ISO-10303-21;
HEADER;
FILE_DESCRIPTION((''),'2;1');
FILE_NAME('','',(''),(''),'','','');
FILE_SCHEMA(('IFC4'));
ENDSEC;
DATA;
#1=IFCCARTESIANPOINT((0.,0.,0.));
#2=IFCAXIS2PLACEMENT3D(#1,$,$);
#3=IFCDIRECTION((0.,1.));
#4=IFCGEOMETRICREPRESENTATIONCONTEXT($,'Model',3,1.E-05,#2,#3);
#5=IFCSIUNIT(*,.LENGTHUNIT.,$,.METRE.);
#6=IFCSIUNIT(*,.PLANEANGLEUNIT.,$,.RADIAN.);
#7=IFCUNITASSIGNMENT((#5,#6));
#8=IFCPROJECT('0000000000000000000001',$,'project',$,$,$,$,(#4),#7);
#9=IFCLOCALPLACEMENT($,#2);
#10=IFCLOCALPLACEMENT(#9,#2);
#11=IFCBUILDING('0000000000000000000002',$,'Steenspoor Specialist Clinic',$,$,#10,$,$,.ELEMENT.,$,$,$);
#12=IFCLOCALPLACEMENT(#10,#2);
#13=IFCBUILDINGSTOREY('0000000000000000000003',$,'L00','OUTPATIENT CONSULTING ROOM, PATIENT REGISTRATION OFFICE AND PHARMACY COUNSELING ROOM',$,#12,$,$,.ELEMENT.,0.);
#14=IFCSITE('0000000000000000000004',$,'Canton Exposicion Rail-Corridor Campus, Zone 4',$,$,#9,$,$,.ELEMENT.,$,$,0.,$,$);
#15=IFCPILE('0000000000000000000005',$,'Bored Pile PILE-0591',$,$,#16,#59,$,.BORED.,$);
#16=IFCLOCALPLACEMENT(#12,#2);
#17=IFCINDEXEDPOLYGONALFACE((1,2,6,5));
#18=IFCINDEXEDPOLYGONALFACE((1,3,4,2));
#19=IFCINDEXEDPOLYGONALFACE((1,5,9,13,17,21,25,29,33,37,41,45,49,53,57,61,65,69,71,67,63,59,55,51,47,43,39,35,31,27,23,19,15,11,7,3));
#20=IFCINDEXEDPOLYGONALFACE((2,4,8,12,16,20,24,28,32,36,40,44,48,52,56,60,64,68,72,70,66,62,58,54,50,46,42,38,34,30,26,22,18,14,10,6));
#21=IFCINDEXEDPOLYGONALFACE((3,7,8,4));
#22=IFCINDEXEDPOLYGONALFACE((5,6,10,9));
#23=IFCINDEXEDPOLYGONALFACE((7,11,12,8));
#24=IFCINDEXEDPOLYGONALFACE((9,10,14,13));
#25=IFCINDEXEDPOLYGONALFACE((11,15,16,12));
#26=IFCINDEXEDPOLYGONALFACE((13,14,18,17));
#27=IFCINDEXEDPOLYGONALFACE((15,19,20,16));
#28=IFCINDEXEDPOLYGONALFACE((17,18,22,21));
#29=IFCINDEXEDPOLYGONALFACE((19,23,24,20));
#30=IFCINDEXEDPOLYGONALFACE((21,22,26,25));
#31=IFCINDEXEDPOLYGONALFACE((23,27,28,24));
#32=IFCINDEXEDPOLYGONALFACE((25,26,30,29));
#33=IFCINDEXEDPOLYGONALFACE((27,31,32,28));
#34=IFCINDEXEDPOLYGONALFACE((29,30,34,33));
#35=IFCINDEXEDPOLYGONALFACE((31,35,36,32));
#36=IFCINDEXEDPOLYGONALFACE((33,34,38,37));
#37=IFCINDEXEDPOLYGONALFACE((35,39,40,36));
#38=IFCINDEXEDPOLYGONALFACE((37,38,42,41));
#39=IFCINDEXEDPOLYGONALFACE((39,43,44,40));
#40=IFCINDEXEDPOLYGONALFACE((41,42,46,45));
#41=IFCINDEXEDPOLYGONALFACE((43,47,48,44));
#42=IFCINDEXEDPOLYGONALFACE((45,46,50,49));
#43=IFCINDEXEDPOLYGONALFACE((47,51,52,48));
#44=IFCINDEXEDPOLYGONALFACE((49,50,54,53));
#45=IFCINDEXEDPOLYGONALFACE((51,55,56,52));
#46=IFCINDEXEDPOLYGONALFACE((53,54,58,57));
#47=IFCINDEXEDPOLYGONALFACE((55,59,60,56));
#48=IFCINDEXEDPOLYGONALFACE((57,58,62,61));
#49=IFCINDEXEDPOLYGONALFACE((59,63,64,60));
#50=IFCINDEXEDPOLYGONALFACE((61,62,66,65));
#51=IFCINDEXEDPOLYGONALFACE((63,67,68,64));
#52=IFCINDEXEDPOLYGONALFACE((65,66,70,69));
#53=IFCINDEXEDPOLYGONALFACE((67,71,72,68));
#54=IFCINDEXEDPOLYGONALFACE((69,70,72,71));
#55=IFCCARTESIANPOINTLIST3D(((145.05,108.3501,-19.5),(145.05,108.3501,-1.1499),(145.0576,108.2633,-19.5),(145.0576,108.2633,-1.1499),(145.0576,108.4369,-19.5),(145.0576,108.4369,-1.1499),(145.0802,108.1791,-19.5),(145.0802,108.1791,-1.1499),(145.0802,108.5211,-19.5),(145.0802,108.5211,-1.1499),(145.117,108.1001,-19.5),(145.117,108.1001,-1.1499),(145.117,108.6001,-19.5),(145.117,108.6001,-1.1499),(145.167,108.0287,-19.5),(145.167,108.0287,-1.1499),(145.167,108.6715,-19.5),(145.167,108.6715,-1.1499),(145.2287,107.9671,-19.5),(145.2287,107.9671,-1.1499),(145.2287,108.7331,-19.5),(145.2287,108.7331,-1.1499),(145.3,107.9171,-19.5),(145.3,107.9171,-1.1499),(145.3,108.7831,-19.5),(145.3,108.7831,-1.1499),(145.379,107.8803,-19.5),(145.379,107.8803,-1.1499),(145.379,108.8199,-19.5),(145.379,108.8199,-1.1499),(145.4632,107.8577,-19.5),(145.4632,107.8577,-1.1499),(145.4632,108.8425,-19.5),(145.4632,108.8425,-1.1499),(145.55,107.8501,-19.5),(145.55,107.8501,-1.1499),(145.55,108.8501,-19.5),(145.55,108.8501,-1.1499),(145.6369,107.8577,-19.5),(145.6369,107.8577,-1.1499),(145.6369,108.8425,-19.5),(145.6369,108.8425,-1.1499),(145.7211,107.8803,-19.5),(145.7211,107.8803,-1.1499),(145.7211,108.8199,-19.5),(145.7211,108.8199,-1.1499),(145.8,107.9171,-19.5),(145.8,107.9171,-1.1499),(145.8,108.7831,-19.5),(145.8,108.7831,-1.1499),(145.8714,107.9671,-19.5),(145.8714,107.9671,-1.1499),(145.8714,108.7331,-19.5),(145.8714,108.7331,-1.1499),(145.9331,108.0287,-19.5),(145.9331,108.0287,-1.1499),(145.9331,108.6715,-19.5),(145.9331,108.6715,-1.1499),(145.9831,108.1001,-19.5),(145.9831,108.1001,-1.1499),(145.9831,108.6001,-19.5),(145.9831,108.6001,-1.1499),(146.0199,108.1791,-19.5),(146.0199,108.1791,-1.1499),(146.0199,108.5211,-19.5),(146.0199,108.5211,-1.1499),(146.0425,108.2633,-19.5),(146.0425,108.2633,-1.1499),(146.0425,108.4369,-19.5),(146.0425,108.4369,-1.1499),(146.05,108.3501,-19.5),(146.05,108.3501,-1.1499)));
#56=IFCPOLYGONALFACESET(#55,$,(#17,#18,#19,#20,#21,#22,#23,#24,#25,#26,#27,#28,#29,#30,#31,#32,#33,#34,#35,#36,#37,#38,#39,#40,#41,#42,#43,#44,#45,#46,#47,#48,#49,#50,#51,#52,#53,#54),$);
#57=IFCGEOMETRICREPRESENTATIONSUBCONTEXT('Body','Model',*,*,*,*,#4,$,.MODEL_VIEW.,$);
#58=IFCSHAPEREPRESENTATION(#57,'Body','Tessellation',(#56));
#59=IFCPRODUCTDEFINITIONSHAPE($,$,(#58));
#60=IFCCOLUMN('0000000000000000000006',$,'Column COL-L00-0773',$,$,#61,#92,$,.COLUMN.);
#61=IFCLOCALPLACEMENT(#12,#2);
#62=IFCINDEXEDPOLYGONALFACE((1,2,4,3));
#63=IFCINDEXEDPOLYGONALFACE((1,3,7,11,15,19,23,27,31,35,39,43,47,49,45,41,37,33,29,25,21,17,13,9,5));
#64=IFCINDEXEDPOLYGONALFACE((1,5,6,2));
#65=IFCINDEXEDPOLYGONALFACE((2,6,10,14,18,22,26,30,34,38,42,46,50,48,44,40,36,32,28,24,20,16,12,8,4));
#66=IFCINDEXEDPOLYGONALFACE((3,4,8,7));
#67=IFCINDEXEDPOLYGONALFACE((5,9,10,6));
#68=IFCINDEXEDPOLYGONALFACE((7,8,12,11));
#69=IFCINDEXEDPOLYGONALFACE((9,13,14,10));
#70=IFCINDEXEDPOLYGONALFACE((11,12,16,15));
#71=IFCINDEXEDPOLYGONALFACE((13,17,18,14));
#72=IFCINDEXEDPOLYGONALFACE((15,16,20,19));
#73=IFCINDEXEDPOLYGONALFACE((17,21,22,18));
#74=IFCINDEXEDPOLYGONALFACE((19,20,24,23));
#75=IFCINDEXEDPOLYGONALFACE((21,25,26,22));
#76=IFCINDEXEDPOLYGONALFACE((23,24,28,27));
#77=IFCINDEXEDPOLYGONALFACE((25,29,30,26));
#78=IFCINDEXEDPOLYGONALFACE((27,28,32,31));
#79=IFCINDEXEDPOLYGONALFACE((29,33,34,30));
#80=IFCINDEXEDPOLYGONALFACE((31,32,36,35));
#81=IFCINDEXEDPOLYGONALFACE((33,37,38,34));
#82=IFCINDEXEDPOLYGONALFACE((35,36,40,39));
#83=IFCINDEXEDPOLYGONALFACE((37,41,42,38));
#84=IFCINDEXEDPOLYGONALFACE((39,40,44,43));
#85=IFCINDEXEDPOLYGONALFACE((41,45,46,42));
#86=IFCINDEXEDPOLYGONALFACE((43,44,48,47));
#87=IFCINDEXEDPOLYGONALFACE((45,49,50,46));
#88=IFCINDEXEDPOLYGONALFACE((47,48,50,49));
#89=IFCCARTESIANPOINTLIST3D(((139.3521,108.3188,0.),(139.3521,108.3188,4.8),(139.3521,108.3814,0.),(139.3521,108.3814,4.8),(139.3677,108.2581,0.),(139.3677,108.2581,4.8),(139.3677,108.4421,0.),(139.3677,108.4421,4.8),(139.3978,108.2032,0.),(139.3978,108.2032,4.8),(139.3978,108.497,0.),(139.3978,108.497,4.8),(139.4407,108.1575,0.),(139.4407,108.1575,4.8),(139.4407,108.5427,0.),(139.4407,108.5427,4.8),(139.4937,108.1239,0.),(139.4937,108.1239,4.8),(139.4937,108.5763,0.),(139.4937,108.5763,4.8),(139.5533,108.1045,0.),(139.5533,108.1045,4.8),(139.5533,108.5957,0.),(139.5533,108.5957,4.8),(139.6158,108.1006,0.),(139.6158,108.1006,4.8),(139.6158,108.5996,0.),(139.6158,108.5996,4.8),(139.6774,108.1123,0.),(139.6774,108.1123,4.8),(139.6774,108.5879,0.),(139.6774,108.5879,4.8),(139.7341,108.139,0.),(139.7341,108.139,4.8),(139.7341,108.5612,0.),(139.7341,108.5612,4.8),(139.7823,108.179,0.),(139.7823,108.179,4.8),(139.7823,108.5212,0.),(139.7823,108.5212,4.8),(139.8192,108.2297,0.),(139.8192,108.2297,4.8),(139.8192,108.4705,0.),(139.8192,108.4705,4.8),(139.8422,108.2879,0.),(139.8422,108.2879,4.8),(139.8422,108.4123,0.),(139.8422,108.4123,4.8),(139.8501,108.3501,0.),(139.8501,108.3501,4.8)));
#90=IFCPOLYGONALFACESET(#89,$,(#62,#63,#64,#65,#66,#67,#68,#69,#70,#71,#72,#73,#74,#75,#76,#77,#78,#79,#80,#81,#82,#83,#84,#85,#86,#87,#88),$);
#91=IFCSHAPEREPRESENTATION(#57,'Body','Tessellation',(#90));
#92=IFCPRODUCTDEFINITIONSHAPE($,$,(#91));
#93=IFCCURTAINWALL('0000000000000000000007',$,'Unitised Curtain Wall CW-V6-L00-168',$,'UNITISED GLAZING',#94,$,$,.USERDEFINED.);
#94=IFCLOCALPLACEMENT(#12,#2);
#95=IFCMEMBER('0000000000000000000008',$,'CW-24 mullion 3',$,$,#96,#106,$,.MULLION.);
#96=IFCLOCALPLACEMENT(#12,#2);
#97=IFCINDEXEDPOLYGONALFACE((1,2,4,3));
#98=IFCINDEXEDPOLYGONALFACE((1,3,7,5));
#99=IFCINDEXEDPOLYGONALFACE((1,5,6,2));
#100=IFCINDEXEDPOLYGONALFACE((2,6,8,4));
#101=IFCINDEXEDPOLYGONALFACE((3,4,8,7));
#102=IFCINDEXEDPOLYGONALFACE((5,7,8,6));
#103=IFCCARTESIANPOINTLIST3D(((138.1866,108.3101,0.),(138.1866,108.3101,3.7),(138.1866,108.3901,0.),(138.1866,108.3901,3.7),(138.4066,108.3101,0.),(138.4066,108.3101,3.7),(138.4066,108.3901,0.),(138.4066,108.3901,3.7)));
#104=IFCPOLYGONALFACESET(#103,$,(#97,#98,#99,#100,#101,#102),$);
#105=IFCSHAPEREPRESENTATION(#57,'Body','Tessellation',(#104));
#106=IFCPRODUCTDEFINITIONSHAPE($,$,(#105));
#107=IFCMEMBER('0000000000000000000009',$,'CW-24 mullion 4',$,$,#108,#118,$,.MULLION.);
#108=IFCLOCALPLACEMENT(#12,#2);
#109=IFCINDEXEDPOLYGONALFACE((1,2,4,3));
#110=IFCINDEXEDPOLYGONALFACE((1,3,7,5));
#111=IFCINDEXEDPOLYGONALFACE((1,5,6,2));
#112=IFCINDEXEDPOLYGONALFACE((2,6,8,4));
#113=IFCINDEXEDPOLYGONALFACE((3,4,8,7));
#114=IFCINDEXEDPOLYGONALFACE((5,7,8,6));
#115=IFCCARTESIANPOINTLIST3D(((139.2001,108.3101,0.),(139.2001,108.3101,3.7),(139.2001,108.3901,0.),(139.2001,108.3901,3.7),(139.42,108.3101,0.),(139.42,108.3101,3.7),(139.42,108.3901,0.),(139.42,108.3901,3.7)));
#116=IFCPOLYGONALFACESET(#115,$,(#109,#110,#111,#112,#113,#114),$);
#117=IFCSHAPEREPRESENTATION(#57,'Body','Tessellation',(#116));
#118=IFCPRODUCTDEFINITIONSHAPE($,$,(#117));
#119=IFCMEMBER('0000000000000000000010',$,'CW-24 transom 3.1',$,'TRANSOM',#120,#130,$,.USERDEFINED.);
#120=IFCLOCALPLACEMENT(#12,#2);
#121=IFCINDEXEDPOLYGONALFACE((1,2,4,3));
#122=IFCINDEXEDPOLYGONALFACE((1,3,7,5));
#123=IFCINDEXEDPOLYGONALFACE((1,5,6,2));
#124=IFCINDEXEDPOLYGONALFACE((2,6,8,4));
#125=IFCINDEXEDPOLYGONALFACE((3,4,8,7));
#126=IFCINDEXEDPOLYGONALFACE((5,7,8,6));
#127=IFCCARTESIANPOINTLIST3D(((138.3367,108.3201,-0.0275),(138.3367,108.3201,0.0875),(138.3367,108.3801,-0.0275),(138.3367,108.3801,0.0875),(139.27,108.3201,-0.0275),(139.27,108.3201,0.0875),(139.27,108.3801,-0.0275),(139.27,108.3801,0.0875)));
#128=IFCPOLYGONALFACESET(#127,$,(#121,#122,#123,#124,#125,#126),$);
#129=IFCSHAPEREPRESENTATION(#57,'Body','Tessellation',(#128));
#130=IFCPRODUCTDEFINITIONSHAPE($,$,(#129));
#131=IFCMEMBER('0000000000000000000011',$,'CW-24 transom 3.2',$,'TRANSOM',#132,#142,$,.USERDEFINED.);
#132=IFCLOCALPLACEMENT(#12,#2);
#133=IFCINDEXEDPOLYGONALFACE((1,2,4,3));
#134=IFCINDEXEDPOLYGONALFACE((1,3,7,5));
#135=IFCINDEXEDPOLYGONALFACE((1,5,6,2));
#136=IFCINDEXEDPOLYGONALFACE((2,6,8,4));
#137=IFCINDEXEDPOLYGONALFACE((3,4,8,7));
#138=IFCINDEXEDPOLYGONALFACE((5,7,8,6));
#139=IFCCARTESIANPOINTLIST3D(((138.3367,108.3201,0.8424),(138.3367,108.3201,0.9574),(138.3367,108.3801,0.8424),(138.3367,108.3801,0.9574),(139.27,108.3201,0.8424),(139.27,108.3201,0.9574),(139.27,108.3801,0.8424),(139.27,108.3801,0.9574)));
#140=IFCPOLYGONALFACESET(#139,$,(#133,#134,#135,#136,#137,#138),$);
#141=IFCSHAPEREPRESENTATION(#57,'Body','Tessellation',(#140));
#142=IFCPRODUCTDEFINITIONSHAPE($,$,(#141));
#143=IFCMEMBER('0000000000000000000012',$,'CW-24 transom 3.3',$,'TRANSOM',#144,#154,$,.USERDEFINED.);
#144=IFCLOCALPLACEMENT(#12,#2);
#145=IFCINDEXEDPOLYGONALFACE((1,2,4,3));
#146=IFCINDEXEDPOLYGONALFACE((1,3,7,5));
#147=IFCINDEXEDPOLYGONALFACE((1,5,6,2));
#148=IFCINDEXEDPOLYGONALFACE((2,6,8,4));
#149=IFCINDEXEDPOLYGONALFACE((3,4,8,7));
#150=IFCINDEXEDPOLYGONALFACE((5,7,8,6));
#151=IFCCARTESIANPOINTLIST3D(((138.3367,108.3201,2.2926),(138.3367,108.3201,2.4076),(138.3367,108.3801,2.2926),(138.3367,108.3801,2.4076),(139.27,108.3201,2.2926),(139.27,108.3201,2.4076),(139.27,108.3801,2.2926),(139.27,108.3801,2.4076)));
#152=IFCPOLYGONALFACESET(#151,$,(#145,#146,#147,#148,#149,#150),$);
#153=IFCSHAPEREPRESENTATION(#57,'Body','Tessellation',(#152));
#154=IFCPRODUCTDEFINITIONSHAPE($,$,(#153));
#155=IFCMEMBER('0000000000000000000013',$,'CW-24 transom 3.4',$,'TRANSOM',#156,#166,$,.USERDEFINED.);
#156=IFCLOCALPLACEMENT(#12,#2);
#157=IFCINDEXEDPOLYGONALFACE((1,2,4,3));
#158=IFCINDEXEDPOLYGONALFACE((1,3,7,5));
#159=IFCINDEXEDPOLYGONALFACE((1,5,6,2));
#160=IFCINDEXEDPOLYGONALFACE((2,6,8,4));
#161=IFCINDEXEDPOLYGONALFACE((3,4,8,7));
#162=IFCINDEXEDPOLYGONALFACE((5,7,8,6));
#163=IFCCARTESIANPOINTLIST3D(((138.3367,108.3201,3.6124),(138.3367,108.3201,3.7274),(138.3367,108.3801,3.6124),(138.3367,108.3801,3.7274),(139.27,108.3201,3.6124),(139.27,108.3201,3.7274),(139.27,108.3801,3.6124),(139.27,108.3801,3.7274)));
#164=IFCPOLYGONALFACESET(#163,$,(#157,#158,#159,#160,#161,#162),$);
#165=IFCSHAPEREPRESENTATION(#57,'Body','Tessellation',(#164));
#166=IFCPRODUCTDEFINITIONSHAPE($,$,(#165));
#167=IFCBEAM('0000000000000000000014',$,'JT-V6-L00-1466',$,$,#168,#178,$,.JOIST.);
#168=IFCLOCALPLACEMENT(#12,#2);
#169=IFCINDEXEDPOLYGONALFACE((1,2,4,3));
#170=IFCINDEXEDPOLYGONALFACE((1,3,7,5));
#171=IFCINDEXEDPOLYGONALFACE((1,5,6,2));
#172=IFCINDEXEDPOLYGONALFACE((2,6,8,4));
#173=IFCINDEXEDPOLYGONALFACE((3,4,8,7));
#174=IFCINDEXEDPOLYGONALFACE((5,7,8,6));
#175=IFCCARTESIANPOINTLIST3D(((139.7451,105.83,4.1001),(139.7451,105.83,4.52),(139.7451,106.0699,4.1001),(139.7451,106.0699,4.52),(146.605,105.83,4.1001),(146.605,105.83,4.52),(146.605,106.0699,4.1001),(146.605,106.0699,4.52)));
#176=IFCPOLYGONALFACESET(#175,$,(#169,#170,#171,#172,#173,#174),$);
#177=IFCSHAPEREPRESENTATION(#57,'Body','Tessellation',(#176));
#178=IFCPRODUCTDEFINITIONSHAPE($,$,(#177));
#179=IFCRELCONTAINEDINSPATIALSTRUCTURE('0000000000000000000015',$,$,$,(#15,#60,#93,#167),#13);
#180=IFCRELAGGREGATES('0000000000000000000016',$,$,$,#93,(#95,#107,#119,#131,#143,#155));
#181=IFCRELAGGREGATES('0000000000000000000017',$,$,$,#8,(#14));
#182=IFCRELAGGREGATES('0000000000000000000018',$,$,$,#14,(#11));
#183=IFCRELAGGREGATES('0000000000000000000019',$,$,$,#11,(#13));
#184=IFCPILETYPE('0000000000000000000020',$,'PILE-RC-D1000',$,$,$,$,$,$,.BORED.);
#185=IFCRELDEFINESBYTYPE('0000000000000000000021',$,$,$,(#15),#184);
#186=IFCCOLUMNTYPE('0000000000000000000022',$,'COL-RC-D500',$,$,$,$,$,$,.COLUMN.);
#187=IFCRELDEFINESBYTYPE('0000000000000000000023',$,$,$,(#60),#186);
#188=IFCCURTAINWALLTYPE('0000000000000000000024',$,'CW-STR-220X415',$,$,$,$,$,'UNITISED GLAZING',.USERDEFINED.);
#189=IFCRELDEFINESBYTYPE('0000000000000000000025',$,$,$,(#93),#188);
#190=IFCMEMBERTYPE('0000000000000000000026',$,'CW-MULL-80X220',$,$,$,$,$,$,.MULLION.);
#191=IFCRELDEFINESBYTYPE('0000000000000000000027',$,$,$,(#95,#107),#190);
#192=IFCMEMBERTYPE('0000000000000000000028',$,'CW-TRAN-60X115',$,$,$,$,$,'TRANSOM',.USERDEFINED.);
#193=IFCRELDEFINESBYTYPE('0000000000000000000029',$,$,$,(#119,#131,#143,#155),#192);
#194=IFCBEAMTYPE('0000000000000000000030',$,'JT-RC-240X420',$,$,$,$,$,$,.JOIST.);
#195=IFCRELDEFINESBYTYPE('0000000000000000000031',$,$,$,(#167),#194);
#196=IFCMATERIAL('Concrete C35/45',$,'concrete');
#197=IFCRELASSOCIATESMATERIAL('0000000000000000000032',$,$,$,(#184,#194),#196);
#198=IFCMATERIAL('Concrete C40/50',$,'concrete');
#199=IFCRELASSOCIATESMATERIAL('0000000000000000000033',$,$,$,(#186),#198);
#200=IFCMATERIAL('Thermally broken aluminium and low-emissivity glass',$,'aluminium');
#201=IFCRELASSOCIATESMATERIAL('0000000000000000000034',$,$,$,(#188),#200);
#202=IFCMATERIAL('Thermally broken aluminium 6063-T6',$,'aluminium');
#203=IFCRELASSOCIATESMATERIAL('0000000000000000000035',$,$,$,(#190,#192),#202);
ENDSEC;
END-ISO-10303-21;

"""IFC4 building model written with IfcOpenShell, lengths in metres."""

from ifc_helpers import new_model, si_unit, direction, frame, origin, origin_2d, place, context, subcontext, project, spatial, rectangle, circle, extrude, material, material_profile, profile_set, type_object, element, aggregate, save


model = new_model("IFC4")

# Units and contexts
model_context = context("Model", 3, precision=1e-05, world=origin(), true_north=direction((0.0, 1.0)))
body_context = subcontext(model_context, "Body", "Model", "MODEL_VIEW")
ifc_project = project(units=[si_unit("LENGTHUNIT", "METRE"), si_unit("PLANEANGLEUNIT", "RADIAN")], contexts=[model_context])

# Site, building, storey
site_placement = place(None, origin())
site = spatial("IfcSite", under=ifc_project, at=site_placement, Name="Canton Exposicion Rail-Corridor Campus, Zone 4", CompositionType="ELEMENT", RefElevation=0.0)
building_placement = place(site_placement, origin())
building = spatial("IfcBuilding", under=site, at=building_placement, Name="Steenspoor Specialist Clinic", CompositionType="ELEMENT")
storey_placement = place(building_placement, origin())
storey = spatial("IfcBuildingStorey", under=building, at=storey_placement, Name="L00", Description="OUTPATIENT CONSULTING ROOM, PATIENT REGISTRATION OFFICE AND PHARMACY COUNSELING ROOM", CompositionType="ELEMENT", Elevation=0.0)

# Shared definitions
ifc_material_1 = material(Name="Concrete C35/45", Category="concrete")

# Pile
ifc_material_profile_1 = material_profile(ifc_material_1, circle(Radius=0.5, at=origin_2d()), Name="PILE-D1000")
ifc_profile_set_1 = profile_set([ifc_material_profile_1], Name="Concrete C35/45")
pile_type = type_object("IfcPileType", Name="PILE-RC-D1000", PredefinedType="BORED", material=ifc_profile_set_1)
pile_placement = place(storey_placement, frame((145.55, 108.3501, -1.1499), z_axis=(0.0, 0.0, -1.0), x_axis=(1.0, 0.0, 0.0)))
element("IfcPile", 1, at=pile_placement, inside=storey, type_object=pile_type, Name="Bored Pile PILE-0591", PredefinedType="BORED", context=body_context, shape_type="SweptSolid", body=[
    extrude(circle(Radius=0.5, at=origin_2d()), origin(), (0.0, 0.0, 1.0), 18.3501),
])

# Column
ifc_material_2 = material(Name="Concrete C40/50", Category="concrete")
ifc_material_profile_2 = material_profile(ifc_material_2, circle(Radius=0.25, at=origin_2d()), Name="RC-COL-D500")
ifc_profile_set_2 = profile_set([ifc_material_profile_2], Name="Concrete C40/50")
column_type = type_object("IfcColumnType", Name="COL-RC-D500", PredefinedType="COLUMN", material=ifc_profile_set_2)
column_placement = place(storey_placement, frame((139.6001, 108.3501, 0.0), z_axis=(0.0, 0.0, 1.0), x_axis=(1.0, 0.0, 0.0)))
element("IfcColumn", 2, at=column_placement, inside=storey, type_object=column_type, Name="Column COL-L00-0773", PredefinedType="COLUMN", context=body_context, shape_type="SweptSolid", body=[
    extrude(circle(Radius=0.25, at=origin_2d()), origin(), (0.0, 0.0, 1.0), 4.8),
])

# Curtain wall, members
ifc_material_3 = material(Name="Thermally broken aluminium and low-emissivity glass", Category="aluminium")
curtain_wall_type = type_object("IfcCurtainWallType", Name="CW-STR-220X415", ElementType="UNITISED GLAZING", PredefinedType="USERDEFINED", material=ifc_material_3)
curtain_wall_placement = place(storey_placement, origin())
curtain_wall = element("IfcCurtainWall", 3, at=curtain_wall_placement, inside=storey, type_object=curtain_wall_type, Name="Unitised Curtain Wall CW-V6-L00-168", ObjectType="UNITISED GLAZING", PredefinedType="USERDEFINED")
ifc_material_4 = material(Name="Thermally broken aluminium 6063-T6", Category="aluminium")
ifc_material_profile_3 = material_profile(ifc_material_4, rectangle(XDim=0.0801, YDim=0.22, at=origin_2d()), Name="CWM-80X220")
ifc_profile_set_3 = profile_set([ifc_material_profile_3], Name="Thermally broken aluminium 6063-T6")
member_type_1 = type_object("IfcMemberType", Name="CW-MULL-80X220", PredefinedType="MULLION", material=ifc_profile_set_3)
member_1_placement = place(storey_placement, frame((138.2966, 108.3501, 0.0), z_axis=(0.0, 0.0, 1.0), x_axis=(0.0, 1.0, 0.0)))
member_1 = element("IfcMember", 4, at=member_1_placement, type_object=member_type_1, Name="CW-24 mullion 3", PredefinedType="MULLION", context=body_context, shape_type="SweptSolid", body=[
    extrude(rectangle(XDim=0.0801, YDim=0.22, at=origin_2d()), origin(), (0.0, 0.0, 1.0), 3.7),
])
member_2_placement = place(storey_placement, frame((139.3101, 108.3501, 0.0), z_axis=(0.0, 0.0, 1.0), x_axis=(0.0, 1.0, 0.0)))
member_2 = element("IfcMember", 5, at=member_2_placement, type_object=member_type_1, Name="CW-24 mullion 4", PredefinedType="MULLION", context=body_context, shape_type="SweptSolid", body=[
    extrude(rectangle(XDim=0.0801, YDim=0.22, at=origin_2d()), origin(), (0.0, 0.0, 1.0), 3.7),
])
ifc_material_profile_4 = material_profile(ifc_material_4, rectangle(XDim=0.0601, YDim=0.115, at=origin_2d()), Name="CWT-60X115")
ifc_profile_set_4 = profile_set([ifc_material_profile_4], Name="Thermally broken aluminium 6063-T6")
member_type_2 = type_object("IfcMemberType", Name="CW-TRAN-60X115", ElementType="TRANSOM", PredefinedType="USERDEFINED", material=ifc_profile_set_4)
member_3_placement = place(storey_placement, frame((138.3367, 108.3501, 0.03), z_axis=(1.0, 0.0, 0.0), x_axis=(0.0, 1.0, 0.0)))
member_3 = element("IfcMember", 6, at=member_3_placement, type_object=member_type_2, Name="CW-24 transom 3.1", ObjectType="TRANSOM", PredefinedType="USERDEFINED", context=body_context, shape_type="SweptSolid", body=[
    extrude(rectangle(XDim=0.0601, YDim=0.115, at=origin_2d()), origin(), (0.0, 0.0, 1.0), 0.9333),
])
member_4_placement = place(storey_placement, frame((138.3367, 108.3501, 0.8999), z_axis=(1.0, 0.0, 0.0), x_axis=(0.0, 1.0, 0.0)))
member_4 = element("IfcMember", 7, at=member_4_placement, type_object=member_type_2, Name="CW-24 transom 3.2", ObjectType="TRANSOM", PredefinedType="USERDEFINED", context=body_context, shape_type="SweptSolid", body=[
    extrude(rectangle(XDim=0.0601, YDim=0.115, at=origin_2d()), origin(), (0.0, 0.0, 1.0), 0.9333),
])
member_5_placement = place(storey_placement, frame((138.3367, 108.3501, 2.3501), z_axis=(1.0, 0.0, 0.0), x_axis=(0.0, 1.0, 0.0)))
member_5 = element("IfcMember", 8, at=member_5_placement, type_object=member_type_2, Name="CW-24 transom 3.3", ObjectType="TRANSOM", PredefinedType="USERDEFINED", context=body_context, shape_type="SweptSolid", body=[
    extrude(rectangle(XDim=0.0601, YDim=0.115, at=origin_2d()), origin(), (0.0, 0.0, 1.0), 0.9333),
])
member_6_placement = place(storey_placement, frame((138.3367, 108.3501, 3.6699), z_axis=(1.0, 0.0, 0.0), x_axis=(0.0, 1.0, 0.0)))
member_6 = element("IfcMember", 9, at=member_6_placement, type_object=member_type_2, Name="CW-24 transom 3.4", ObjectType="TRANSOM", PredefinedType="USERDEFINED", context=body_context, shape_type="SweptSolid", body=[
    extrude(rectangle(XDim=0.0601, YDim=0.115, at=origin_2d()), origin(), (0.0, 0.0, 1.0), 0.9333),
])

# Beam
ifc_material_profile_5 = material_profile(ifc_material_1, rectangle(XDim=0.24, YDim=0.4199, at=origin_2d()), Name="RC-JT-240X420")
ifc_profile_set_5 = profile_set([ifc_material_profile_5], Name="Concrete C35/45")
beam_type_1 = type_object("IfcBeamType", Name="JT-RC-240X420", PredefinedType="JOIST", material=ifc_profile_set_5)
beam_1_placement = place(storey_placement, frame((139.7451, 105.95, 4.3101), z_axis=(1.0, 0.0, 0.0), x_axis=(0.0, 1.0, 0.0)))
element("IfcBeam", 10, at=beam_1_placement, inside=storey, type_object=beam_type_1, Name="JT-V6-L00-1466", PredefinedType="JOIST", context=body_context, shape_type="SweptSolid", body=[
    extrude(rectangle(XDim=0.24, YDim=0.4199, at=origin_2d()), origin(), (0.0, 0.0, 1.0), 6.8599),
])

aggregate(curtain_wall, [member_1, member_2, member_3, member_4, member_5, member_6])

save(model, "model.ifc")
